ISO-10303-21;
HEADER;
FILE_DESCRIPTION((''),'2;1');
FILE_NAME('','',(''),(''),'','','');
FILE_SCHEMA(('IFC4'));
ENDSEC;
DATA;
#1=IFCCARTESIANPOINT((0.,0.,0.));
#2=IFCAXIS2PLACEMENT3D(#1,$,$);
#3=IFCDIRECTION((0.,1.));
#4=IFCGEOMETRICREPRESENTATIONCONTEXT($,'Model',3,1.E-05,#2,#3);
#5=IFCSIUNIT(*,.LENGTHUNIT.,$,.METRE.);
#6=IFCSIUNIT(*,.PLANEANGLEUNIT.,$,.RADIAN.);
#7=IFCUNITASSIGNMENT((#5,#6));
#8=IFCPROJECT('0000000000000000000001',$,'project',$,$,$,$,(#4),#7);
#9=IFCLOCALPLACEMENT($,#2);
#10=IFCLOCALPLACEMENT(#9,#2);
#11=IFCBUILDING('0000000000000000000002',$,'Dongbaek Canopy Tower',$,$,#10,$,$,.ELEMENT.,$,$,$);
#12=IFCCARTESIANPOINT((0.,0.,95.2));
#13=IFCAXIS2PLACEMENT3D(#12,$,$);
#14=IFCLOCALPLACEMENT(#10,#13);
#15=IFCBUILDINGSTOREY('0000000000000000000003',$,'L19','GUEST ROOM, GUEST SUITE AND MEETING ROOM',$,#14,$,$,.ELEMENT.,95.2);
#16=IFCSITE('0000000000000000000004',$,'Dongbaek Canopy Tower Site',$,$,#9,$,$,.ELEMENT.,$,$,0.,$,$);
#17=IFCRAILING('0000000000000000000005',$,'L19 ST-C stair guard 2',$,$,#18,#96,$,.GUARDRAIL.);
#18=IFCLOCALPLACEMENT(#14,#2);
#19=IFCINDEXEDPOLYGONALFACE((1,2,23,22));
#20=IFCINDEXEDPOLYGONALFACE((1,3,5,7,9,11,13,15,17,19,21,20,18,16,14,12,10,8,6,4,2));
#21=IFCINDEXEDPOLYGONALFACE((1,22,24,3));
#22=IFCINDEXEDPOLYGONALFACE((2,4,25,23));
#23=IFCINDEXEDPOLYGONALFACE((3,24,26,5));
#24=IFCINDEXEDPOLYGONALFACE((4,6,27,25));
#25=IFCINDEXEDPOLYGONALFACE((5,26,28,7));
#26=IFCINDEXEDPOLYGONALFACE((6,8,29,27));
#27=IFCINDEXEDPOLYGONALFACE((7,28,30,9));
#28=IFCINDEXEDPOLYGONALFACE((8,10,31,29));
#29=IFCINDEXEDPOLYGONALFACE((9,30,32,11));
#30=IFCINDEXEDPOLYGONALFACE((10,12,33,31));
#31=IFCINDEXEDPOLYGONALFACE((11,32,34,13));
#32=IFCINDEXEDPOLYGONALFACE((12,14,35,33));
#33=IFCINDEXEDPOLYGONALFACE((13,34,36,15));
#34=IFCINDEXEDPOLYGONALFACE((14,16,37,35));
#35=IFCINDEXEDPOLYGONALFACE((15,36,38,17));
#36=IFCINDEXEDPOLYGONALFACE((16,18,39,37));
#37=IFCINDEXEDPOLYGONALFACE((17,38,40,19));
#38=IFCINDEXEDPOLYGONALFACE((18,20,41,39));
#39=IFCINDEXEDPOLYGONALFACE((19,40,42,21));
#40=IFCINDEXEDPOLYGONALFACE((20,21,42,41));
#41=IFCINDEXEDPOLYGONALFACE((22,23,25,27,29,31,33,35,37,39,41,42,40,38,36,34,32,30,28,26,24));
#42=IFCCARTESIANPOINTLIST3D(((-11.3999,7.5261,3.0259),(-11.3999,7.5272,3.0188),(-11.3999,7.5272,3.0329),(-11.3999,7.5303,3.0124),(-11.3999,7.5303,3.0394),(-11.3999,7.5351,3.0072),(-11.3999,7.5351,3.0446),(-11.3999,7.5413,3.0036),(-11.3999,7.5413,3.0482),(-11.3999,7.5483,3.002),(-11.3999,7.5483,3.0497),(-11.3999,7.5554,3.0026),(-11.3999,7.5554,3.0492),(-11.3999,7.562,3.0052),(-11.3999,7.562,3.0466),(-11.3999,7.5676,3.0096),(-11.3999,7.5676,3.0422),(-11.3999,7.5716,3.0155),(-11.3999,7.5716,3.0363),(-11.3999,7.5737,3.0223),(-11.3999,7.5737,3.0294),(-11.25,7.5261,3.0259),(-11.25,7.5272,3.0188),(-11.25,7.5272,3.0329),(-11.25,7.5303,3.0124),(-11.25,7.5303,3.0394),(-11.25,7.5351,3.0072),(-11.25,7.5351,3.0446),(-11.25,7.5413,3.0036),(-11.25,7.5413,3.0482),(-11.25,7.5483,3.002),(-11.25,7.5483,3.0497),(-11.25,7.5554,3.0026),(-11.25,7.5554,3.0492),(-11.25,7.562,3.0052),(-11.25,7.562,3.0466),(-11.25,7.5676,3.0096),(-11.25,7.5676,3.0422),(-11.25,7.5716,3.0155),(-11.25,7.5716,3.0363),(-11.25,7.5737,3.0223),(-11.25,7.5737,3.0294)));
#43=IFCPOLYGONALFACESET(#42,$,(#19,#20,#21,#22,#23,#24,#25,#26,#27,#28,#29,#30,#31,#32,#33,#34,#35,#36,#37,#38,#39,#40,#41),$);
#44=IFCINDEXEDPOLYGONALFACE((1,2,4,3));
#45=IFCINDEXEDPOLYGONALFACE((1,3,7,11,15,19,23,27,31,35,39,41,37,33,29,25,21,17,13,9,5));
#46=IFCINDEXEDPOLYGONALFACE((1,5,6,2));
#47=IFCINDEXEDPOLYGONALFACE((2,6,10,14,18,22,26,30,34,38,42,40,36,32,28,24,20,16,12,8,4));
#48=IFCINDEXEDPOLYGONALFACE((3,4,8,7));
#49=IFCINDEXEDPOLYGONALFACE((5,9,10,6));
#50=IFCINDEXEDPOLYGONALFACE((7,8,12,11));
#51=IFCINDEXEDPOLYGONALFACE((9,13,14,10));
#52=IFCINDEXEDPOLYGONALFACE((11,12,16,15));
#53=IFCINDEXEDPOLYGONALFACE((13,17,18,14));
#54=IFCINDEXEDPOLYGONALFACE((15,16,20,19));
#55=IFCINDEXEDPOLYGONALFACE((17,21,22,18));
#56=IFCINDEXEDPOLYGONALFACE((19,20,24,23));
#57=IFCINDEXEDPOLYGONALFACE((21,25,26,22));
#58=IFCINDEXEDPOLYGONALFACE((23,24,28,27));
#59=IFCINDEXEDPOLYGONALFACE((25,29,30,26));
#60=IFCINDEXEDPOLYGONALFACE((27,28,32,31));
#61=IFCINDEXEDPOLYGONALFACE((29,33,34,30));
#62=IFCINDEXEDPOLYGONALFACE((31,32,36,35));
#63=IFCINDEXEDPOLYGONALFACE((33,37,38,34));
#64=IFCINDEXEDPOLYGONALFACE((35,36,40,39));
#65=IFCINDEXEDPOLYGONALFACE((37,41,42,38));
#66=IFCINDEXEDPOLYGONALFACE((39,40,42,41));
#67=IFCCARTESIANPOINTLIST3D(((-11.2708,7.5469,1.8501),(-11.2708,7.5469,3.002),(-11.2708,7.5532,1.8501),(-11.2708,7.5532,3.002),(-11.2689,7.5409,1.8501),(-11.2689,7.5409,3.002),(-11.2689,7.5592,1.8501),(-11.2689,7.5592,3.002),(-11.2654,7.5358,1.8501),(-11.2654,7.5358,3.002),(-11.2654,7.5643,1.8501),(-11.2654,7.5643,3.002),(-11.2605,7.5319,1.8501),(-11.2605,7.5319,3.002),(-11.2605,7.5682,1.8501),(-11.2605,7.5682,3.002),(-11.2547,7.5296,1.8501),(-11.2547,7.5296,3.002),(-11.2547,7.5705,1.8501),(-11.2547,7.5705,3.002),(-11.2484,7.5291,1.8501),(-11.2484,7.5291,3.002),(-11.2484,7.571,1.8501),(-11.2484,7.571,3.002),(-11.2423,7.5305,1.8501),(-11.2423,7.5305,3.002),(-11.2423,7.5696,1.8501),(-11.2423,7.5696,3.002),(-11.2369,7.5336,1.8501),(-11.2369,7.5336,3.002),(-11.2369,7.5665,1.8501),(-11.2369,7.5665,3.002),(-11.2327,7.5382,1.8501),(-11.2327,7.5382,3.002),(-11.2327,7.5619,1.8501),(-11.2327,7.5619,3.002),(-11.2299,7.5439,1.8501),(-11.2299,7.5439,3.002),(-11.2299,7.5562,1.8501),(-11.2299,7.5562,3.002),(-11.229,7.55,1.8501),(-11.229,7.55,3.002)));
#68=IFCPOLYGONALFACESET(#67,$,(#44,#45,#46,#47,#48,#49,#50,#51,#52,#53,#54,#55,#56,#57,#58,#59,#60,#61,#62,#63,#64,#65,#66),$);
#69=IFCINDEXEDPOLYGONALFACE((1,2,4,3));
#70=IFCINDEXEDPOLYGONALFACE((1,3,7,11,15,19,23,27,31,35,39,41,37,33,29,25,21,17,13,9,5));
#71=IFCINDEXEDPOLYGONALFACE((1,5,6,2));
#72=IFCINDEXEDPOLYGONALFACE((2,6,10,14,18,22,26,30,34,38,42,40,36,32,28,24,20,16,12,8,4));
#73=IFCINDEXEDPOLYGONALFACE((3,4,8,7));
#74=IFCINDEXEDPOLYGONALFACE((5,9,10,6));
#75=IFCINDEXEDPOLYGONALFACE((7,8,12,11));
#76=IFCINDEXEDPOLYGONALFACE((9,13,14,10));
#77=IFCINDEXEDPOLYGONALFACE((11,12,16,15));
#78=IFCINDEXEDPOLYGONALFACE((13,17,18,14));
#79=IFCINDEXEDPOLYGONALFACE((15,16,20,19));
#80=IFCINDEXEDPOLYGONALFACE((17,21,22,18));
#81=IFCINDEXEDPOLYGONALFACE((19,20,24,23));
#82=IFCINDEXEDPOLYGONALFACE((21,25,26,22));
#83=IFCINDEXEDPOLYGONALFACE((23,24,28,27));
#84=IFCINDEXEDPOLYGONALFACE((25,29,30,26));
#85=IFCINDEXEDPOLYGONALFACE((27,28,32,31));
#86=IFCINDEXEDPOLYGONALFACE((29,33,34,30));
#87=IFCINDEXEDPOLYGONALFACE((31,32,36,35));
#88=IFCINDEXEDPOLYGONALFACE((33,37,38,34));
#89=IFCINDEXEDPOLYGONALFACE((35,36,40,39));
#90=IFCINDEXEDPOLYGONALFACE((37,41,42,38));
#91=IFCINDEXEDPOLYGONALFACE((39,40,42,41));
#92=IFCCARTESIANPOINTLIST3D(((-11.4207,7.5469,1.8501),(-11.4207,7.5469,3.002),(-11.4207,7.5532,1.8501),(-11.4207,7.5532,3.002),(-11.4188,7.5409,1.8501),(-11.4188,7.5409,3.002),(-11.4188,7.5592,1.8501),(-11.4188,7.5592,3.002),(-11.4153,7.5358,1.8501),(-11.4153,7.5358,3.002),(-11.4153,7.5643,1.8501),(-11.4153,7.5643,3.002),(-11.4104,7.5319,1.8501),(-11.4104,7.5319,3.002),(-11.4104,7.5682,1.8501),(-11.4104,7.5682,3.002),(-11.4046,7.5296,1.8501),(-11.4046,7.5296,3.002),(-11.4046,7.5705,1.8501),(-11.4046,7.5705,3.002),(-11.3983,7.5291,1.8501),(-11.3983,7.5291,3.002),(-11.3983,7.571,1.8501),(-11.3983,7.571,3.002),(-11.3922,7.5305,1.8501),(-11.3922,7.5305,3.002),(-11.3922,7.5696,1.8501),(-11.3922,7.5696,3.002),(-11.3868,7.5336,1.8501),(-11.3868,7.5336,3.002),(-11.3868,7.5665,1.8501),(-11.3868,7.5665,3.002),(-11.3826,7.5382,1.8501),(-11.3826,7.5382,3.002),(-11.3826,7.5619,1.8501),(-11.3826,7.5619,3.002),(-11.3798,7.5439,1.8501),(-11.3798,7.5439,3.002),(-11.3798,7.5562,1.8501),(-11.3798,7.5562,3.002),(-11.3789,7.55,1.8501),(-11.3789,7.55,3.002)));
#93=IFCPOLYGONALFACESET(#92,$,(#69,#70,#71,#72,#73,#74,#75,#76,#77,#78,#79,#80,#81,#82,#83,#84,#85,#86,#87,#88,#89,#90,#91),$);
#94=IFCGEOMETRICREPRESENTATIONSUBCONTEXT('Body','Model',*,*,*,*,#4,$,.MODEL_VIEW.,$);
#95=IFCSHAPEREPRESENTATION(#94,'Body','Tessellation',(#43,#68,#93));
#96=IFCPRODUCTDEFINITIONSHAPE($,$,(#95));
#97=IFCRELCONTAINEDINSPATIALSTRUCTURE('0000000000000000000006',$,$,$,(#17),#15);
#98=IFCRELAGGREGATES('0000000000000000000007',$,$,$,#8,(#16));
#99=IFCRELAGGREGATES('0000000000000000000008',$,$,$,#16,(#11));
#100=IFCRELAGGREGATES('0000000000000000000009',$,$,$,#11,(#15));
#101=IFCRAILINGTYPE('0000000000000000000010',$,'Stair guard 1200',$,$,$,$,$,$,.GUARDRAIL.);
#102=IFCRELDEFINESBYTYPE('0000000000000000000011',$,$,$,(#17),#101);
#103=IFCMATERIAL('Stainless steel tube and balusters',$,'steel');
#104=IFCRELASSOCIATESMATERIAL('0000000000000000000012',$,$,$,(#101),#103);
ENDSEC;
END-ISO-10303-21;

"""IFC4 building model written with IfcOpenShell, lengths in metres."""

from ifc_helpers import new_model, si_unit, direction, frame, origin, origin_2d, place, context, subcontext, project, spatial, circle, extrude, material, type_object, element, save


model = new_model("IFC4")

# Units and contexts
model_context = context("Model", 3, precision=1e-05, world=origin(), true_north=direction((0.0, 1.0)))
body_context = subcontext(model_context, "Body", "Model", "MODEL_VIEW")
ifc_project = project(units=[si_unit("LENGTHUNIT", "METRE"), si_unit("PLANEANGLEUNIT", "RADIAN")], contexts=[model_context])

# Site, building, storey
site_placement = place(None, origin())
site = spatial("IfcSite", under=ifc_project, at=site_placement, Name="Dongbaek Canopy Tower Site", CompositionType="ELEMENT", RefElevation=0.0)
building_placement = place(site_placement, origin())
building = spatial("IfcBuilding", under=site, at=building_placement, Name="Dongbaek Canopy Tower", CompositionType="ELEMENT")
storey_placement = place(building_placement, frame((0.0, 0.0, 95.2)))
storey = spatial("IfcBuildingStorey", under=building, at=storey_placement, Name="L19", Description="GUEST ROOM, GUEST SUITE AND MEETING ROOM", CompositionType="ELEMENT", Elevation=95.2)

# Railing
ifc_material_1 = material(Name="Stainless steel tube and balusters", Category="steel")
railing_type_1 = type_object("IfcRailingType", Name="Stair guard 1200", PredefinedType="GUARDRAIL", material=ifc_material_1)
railing_1_placement = place(storey_placement, frame((-11.25, 7.55, 1.8501)))
element("IfcRailing", 1, at=railing_1_placement, inside=storey, type_object=railing_type_1, Name="L19 ST-C stair guard 2", PredefinedType="GUARDRAIL", context=body_context, shape_type="SweptSolid", body=[
    extrude(circle(Radius=0.0239, at=origin_2d()), frame((0.0, 0.0, 1.1758), z_axis=(-1.0, 0.0, 0.0), x_axis=(0.0, -1.0, 0.0)), (0.0, 0.0, 1.0), 0.1499),
    extrude(circle(Radius=0.021, at=origin_2d()), origin(), (0.0, 0.0, 1.0), 1.1519),
    extrude(circle(Radius=0.021, at=origin_2d()), frame((-0.1499, 0.0, 0.0)), (0.0, 0.0, 1.0), 1.1519),
])

save(model, "model.ifc")
